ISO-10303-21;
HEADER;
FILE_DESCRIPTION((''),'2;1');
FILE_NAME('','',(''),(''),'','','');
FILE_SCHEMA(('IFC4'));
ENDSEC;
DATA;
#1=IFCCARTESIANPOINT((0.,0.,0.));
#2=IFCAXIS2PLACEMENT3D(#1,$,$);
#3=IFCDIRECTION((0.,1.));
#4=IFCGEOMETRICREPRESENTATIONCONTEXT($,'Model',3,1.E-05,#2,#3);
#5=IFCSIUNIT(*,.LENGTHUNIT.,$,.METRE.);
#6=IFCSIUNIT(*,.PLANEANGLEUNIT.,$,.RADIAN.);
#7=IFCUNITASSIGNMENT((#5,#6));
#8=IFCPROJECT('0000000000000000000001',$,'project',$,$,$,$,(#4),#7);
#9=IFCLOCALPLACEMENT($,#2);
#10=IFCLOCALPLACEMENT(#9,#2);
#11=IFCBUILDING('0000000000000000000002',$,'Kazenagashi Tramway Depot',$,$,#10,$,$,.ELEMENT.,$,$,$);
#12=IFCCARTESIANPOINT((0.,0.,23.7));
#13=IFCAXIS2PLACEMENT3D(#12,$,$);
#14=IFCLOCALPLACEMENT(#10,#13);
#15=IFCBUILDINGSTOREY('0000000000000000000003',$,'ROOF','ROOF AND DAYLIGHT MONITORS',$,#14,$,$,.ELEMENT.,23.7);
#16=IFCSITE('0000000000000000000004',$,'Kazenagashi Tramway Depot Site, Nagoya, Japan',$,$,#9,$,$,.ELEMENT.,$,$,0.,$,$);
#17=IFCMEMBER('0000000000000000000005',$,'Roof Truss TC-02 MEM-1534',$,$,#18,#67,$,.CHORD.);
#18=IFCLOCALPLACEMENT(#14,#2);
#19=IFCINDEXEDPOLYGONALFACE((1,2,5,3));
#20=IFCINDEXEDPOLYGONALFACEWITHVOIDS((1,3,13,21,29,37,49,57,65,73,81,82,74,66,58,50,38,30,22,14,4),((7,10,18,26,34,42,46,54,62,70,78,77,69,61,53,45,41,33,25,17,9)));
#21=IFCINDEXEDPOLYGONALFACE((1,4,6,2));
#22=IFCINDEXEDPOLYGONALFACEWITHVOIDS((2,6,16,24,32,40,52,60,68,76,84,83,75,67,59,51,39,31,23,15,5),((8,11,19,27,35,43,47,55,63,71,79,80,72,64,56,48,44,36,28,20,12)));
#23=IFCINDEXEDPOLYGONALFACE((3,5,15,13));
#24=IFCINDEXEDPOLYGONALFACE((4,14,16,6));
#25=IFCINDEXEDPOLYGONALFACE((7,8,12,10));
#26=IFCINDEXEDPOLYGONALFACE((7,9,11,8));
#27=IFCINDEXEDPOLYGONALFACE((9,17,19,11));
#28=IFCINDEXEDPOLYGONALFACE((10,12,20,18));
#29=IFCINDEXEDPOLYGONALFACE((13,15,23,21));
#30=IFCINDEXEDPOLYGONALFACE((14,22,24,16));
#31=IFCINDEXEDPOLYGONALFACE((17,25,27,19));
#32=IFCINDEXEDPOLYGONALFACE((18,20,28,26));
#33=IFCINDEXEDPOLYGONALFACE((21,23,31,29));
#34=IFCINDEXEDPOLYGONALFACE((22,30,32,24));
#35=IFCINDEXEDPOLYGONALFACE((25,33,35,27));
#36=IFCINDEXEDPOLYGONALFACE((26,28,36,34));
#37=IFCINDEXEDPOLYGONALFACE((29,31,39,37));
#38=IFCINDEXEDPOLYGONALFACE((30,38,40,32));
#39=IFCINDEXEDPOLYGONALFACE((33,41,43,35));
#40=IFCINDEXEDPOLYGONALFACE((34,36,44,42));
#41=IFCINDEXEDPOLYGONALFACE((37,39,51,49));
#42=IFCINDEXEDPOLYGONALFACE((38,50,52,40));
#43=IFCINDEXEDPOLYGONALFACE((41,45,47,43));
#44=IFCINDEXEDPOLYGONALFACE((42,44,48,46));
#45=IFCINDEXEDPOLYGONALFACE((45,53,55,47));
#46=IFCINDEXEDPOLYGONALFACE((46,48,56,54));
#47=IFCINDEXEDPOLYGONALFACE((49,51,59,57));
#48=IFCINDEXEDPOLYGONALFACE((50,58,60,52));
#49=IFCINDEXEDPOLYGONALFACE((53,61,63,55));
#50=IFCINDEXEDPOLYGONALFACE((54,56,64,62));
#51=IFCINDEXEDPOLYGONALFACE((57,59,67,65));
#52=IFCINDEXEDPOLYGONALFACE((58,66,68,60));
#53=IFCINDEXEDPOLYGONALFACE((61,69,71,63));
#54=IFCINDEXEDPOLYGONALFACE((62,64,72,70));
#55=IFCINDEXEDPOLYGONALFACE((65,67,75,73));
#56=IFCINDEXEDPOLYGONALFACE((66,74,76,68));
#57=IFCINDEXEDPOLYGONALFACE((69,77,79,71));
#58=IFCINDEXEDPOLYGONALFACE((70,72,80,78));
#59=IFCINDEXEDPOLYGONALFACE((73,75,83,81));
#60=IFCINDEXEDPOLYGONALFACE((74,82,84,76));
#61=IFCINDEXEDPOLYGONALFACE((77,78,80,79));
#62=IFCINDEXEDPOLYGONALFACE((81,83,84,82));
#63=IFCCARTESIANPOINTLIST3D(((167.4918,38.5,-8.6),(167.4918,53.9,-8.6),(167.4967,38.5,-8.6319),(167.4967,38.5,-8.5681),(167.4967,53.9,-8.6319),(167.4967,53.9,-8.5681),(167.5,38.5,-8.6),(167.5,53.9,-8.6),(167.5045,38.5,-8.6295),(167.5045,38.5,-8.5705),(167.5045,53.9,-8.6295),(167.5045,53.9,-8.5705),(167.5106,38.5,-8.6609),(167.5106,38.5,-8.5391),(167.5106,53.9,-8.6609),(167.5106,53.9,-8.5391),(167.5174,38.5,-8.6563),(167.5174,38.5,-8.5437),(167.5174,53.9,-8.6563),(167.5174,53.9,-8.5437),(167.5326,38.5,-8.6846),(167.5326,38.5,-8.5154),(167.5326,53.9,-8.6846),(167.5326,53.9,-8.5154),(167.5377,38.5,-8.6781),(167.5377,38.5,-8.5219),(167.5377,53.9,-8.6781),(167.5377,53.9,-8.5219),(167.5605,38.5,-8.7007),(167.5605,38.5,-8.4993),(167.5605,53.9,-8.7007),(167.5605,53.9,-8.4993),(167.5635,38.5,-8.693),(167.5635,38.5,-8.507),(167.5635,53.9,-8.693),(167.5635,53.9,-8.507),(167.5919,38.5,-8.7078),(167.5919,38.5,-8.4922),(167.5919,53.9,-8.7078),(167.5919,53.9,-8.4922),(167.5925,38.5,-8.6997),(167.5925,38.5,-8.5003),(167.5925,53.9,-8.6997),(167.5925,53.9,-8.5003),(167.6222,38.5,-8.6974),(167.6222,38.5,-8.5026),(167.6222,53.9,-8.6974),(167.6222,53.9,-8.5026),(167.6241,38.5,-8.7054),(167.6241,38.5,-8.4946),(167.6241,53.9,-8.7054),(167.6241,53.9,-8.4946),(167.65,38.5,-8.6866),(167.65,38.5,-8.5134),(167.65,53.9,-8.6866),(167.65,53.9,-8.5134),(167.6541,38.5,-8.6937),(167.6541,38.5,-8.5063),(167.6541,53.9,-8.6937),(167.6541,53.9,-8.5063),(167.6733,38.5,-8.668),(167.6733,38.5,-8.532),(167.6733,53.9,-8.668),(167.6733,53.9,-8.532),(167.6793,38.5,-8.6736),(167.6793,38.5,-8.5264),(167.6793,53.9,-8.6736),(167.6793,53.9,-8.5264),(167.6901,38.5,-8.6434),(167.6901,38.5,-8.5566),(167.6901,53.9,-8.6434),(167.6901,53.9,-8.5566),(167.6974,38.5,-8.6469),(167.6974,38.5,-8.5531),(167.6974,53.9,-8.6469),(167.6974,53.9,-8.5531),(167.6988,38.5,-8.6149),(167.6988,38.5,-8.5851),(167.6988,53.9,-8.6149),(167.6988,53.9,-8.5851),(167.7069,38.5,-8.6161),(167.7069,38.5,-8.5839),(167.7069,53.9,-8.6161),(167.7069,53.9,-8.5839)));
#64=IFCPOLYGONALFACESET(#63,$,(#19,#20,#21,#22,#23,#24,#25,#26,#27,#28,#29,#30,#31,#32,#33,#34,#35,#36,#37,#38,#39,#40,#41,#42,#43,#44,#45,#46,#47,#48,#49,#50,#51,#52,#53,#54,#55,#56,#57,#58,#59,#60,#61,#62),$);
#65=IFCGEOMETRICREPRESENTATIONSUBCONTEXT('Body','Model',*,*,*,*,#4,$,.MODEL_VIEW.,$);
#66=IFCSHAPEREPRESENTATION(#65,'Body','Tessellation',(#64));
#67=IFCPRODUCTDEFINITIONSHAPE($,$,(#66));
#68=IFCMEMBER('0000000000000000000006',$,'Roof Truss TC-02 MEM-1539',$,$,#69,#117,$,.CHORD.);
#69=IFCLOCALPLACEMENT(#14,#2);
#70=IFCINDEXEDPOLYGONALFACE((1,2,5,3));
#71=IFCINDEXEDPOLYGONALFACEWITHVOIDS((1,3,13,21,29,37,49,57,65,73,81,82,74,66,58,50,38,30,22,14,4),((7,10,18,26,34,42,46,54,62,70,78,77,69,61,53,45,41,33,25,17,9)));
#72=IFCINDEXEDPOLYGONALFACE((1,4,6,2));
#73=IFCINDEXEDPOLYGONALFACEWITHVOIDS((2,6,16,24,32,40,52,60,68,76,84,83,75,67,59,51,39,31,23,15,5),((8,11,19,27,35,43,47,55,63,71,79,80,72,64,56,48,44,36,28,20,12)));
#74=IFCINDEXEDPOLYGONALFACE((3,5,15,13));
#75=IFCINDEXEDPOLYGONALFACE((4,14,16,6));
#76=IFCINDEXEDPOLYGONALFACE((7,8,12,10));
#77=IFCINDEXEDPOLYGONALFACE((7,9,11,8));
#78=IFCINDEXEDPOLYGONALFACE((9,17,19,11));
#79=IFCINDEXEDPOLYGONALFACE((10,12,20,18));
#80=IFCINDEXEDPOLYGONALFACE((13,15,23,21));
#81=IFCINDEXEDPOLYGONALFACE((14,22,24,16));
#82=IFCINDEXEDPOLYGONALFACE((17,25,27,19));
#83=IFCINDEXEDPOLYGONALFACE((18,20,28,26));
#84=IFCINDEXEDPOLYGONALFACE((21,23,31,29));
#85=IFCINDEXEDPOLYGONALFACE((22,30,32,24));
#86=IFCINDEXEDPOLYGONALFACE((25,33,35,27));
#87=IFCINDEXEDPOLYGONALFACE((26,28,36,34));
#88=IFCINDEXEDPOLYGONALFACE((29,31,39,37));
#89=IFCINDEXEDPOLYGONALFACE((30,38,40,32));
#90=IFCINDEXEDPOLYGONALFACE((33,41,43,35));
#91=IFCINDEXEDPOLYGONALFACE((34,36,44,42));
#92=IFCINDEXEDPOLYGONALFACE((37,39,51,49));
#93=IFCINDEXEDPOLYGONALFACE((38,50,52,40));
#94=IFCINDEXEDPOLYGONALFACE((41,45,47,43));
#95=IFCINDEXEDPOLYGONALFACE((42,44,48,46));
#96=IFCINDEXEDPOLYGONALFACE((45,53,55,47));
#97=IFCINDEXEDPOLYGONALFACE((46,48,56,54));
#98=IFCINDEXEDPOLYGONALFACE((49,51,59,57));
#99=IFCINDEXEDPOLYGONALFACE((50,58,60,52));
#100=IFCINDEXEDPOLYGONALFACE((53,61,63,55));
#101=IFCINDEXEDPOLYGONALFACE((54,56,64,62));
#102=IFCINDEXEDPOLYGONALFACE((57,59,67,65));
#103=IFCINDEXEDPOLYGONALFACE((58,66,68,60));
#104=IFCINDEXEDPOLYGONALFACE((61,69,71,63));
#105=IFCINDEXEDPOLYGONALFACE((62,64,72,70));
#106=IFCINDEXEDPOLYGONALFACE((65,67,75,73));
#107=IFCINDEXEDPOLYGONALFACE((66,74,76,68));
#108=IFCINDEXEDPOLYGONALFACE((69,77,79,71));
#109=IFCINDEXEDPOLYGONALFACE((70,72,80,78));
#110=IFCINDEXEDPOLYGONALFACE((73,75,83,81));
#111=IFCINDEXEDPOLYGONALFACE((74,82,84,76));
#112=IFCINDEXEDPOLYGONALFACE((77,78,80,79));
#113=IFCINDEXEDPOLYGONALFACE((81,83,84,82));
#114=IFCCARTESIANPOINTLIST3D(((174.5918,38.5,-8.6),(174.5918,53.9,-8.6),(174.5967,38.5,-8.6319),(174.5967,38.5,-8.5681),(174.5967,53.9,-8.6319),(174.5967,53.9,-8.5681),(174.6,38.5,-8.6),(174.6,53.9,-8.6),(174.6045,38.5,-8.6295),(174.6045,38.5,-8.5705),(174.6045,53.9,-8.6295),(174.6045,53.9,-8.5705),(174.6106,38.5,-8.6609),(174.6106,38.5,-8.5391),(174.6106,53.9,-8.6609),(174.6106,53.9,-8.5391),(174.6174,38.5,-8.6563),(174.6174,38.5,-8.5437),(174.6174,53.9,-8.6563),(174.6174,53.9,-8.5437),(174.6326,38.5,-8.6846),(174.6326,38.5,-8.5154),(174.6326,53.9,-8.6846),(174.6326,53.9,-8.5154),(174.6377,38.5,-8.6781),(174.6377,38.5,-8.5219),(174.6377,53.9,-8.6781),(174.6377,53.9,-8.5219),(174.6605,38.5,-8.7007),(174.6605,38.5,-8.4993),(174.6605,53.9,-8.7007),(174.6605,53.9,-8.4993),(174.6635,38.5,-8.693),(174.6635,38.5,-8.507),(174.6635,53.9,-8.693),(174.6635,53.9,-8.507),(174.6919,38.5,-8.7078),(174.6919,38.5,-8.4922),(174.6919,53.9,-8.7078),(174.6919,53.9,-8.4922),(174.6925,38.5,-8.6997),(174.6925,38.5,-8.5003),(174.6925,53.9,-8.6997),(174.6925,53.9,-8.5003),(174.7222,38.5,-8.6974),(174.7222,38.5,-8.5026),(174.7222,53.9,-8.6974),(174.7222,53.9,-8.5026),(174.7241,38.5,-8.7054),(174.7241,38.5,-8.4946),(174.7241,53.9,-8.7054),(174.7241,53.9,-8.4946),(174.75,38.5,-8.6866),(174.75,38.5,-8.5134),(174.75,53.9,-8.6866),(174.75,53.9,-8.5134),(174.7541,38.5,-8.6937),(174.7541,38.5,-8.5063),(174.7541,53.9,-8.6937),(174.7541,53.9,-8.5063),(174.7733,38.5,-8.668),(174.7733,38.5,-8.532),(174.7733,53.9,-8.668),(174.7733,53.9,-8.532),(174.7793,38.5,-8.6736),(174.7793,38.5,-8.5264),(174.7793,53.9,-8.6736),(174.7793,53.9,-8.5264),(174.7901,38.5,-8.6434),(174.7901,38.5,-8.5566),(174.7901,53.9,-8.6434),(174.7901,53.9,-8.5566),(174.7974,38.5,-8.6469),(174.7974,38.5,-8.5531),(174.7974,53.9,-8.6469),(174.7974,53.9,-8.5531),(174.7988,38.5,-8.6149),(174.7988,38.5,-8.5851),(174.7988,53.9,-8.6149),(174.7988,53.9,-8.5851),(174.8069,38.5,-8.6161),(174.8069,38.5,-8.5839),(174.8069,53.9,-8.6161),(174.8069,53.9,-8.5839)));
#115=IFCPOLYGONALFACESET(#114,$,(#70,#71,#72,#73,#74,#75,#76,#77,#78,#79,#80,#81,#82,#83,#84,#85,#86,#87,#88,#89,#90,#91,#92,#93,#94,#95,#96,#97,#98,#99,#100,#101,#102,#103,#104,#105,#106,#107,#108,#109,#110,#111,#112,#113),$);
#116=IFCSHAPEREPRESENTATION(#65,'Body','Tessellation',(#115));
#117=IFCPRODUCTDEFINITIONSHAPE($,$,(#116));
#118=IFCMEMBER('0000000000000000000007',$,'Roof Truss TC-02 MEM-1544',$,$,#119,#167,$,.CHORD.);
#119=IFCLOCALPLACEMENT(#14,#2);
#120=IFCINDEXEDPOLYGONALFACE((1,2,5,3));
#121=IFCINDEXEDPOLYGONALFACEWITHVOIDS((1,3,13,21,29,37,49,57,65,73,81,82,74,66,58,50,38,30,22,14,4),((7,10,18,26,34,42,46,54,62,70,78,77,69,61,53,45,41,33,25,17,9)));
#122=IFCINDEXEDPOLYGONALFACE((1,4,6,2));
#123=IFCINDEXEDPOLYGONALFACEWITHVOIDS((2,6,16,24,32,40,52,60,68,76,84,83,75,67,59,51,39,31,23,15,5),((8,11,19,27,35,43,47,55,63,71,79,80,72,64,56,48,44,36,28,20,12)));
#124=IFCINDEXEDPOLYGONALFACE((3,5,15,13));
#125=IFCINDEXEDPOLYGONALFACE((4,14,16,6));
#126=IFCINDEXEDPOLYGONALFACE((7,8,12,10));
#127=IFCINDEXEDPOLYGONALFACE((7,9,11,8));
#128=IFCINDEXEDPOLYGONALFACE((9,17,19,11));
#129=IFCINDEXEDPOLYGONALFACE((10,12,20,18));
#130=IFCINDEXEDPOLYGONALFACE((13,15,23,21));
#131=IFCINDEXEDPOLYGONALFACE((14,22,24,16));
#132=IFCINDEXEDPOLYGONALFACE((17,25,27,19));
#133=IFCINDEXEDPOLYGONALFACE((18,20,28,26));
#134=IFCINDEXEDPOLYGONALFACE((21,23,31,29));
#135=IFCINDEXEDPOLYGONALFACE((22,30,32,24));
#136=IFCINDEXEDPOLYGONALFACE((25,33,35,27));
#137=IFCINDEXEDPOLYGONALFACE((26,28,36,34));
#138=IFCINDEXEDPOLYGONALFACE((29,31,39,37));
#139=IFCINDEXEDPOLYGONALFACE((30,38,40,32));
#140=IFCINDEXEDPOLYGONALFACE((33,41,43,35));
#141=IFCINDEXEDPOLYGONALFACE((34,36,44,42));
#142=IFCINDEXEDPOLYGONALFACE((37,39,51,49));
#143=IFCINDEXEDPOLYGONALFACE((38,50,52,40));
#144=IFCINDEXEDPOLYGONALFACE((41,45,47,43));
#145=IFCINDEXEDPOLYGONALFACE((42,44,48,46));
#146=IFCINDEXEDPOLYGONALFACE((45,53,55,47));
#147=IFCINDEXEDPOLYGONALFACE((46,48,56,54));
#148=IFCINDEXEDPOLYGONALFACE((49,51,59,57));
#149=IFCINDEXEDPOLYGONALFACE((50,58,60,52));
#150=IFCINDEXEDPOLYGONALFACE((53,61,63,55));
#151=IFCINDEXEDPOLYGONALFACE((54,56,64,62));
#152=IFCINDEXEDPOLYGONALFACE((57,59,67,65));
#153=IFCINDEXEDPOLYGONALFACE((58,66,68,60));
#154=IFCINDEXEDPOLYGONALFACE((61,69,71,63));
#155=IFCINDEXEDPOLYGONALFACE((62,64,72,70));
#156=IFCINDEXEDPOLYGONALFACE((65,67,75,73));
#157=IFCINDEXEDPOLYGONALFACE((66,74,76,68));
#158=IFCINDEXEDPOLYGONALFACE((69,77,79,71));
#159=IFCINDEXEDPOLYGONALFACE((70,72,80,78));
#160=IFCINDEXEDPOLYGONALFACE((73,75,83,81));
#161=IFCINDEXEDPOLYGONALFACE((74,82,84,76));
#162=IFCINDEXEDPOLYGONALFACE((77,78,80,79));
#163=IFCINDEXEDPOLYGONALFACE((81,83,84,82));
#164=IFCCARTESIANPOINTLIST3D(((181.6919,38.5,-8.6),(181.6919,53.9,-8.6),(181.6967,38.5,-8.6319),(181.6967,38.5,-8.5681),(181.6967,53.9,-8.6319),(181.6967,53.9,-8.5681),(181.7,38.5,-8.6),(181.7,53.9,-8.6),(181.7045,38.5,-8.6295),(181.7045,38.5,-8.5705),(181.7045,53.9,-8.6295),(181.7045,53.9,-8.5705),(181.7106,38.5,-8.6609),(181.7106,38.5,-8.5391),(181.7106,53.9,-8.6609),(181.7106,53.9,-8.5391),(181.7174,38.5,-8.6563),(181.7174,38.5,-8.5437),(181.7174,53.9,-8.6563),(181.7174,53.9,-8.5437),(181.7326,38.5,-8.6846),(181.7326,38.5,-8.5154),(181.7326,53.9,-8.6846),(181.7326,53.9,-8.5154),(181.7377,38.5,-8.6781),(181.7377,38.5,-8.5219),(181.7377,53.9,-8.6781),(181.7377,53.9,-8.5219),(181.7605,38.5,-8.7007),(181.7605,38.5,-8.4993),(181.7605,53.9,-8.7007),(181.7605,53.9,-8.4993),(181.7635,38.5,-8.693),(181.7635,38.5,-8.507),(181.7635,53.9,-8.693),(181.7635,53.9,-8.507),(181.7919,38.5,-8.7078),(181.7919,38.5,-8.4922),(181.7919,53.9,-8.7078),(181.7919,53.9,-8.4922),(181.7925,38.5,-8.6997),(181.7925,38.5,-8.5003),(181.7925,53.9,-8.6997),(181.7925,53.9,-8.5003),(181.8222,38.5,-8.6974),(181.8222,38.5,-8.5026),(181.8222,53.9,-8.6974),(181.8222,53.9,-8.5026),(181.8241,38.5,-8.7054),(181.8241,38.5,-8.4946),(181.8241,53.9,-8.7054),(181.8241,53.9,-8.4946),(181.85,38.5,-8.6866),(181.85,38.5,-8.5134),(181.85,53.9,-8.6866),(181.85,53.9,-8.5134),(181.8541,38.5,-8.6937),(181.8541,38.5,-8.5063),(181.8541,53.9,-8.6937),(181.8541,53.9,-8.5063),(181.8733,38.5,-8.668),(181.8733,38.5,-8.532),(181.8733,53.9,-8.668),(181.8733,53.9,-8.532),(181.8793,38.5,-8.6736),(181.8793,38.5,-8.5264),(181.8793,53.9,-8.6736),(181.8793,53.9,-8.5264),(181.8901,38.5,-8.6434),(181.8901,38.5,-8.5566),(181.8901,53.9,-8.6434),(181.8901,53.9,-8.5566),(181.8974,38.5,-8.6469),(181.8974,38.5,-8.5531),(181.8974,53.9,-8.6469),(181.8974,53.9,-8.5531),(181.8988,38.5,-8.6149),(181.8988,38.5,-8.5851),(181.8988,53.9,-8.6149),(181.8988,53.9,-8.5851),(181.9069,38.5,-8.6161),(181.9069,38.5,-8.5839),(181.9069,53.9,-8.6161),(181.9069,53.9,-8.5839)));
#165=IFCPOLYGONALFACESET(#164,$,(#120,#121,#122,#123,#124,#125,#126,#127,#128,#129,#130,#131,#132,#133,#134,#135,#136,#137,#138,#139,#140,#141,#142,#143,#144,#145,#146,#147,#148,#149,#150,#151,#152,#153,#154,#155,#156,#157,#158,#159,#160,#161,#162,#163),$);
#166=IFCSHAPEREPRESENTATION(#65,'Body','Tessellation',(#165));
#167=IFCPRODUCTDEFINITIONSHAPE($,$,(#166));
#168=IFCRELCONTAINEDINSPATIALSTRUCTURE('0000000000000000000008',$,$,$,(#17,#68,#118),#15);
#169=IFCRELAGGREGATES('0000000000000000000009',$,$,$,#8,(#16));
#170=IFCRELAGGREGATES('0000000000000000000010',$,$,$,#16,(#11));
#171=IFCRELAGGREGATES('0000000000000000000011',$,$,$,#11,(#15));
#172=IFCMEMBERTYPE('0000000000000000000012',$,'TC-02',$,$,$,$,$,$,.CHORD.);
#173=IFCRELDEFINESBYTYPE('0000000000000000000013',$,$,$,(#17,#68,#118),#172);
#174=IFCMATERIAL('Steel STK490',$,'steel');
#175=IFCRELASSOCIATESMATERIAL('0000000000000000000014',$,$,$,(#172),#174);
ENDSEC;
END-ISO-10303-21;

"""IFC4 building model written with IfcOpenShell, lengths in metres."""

from ifc_helpers import new_model, si_unit, direction, frame, origin, origin_2d, place, context, subcontext, project, spatial, hollow_circle, extrude, material, material_profile, profile_set, type_object, element, save


model = new_model("IFC4")

# Units and contexts
model_context = context("Model", 3, precision=1e-05, world=origin(), true_north=direction((0.0, 1.0)))
body_context = subcontext(model_context, "Body", "Model", "MODEL_VIEW")
ifc_project = project(units=[si_unit("LENGTHUNIT", "METRE"), si_unit("PLANEANGLEUNIT", "RADIAN")], contexts=[model_context])

# Site, building, storey
site_placement = place(None, origin())
site = spatial("IfcSite", under=ifc_project, at=site_placement, Name="Kazenagashi Tramway Depot Site, Nagoya, Japan", CompositionType="ELEMENT", RefElevation=0.0)
building_placement = place(site_placement, origin())
building = spatial("IfcBuilding", under=site, at=building_placement, Name="Kazenagashi Tramway Depot", CompositionType="ELEMENT")
storey_placement = place(building_placement, frame((0.0, 0.0, 23.7)))
storey = spatial("IfcBuildingStorey", under=building, at=storey_placement, Name="ROOF", Description="ROOF AND DAYLIGHT MONITORS", CompositionType="ELEMENT", Elevation=23.7)

# Members
ifc_material_1 = material(Name="Steel STK490", Category="steel")
ifc_material_profile_1 = material_profile(ifc_material_1, hollow_circle(Radius=0.1081, WallThickness=0.0082, at=origin_2d()), Name="CHS-216.3x8.2")
ifc_profile_set_1 = profile_set([ifc_material_profile_1], Name="Steel STK490")
member_type_1 = type_object("IfcMemberType", Name="TC-02", PredefinedType="CHORD", material=ifc_profile_set_1)
for number, where, z_axis, x_axis, name in (
    (1, (167.6, 38.5, -8.6), (0.0, 1.0, 0.0), (-1.0, 0.0, 0.0), "Roof Truss TC-02 MEM-1534"),
    (2, (174.7, 38.5, -8.6), (0.0, 1.0, 0.0), (-1.0, 0.0, 0.0), "Roof Truss TC-02 MEM-1539"),
    (3, (181.8, 38.5, -8.6), (0.0, 1.0, 0.0), (-1.0, 0.0, 0.0), "Roof Truss TC-02 MEM-1544"),
):
    element("IfcMember", number, at=place(storey_placement, frame(where, z_axis=z_axis, x_axis=x_axis)), inside=storey, type_object=member_type_1, Name=name, PredefinedType="CHORD", context=body_context, shape_type="SweptSolid", body=[
        extrude(hollow_circle(Radius=0.1081, WallThickness=0.0082, at=origin_2d()), origin(), (0.0, 0.0, 1.0), 15.4),
    ])

save(model, "model.ifc")
